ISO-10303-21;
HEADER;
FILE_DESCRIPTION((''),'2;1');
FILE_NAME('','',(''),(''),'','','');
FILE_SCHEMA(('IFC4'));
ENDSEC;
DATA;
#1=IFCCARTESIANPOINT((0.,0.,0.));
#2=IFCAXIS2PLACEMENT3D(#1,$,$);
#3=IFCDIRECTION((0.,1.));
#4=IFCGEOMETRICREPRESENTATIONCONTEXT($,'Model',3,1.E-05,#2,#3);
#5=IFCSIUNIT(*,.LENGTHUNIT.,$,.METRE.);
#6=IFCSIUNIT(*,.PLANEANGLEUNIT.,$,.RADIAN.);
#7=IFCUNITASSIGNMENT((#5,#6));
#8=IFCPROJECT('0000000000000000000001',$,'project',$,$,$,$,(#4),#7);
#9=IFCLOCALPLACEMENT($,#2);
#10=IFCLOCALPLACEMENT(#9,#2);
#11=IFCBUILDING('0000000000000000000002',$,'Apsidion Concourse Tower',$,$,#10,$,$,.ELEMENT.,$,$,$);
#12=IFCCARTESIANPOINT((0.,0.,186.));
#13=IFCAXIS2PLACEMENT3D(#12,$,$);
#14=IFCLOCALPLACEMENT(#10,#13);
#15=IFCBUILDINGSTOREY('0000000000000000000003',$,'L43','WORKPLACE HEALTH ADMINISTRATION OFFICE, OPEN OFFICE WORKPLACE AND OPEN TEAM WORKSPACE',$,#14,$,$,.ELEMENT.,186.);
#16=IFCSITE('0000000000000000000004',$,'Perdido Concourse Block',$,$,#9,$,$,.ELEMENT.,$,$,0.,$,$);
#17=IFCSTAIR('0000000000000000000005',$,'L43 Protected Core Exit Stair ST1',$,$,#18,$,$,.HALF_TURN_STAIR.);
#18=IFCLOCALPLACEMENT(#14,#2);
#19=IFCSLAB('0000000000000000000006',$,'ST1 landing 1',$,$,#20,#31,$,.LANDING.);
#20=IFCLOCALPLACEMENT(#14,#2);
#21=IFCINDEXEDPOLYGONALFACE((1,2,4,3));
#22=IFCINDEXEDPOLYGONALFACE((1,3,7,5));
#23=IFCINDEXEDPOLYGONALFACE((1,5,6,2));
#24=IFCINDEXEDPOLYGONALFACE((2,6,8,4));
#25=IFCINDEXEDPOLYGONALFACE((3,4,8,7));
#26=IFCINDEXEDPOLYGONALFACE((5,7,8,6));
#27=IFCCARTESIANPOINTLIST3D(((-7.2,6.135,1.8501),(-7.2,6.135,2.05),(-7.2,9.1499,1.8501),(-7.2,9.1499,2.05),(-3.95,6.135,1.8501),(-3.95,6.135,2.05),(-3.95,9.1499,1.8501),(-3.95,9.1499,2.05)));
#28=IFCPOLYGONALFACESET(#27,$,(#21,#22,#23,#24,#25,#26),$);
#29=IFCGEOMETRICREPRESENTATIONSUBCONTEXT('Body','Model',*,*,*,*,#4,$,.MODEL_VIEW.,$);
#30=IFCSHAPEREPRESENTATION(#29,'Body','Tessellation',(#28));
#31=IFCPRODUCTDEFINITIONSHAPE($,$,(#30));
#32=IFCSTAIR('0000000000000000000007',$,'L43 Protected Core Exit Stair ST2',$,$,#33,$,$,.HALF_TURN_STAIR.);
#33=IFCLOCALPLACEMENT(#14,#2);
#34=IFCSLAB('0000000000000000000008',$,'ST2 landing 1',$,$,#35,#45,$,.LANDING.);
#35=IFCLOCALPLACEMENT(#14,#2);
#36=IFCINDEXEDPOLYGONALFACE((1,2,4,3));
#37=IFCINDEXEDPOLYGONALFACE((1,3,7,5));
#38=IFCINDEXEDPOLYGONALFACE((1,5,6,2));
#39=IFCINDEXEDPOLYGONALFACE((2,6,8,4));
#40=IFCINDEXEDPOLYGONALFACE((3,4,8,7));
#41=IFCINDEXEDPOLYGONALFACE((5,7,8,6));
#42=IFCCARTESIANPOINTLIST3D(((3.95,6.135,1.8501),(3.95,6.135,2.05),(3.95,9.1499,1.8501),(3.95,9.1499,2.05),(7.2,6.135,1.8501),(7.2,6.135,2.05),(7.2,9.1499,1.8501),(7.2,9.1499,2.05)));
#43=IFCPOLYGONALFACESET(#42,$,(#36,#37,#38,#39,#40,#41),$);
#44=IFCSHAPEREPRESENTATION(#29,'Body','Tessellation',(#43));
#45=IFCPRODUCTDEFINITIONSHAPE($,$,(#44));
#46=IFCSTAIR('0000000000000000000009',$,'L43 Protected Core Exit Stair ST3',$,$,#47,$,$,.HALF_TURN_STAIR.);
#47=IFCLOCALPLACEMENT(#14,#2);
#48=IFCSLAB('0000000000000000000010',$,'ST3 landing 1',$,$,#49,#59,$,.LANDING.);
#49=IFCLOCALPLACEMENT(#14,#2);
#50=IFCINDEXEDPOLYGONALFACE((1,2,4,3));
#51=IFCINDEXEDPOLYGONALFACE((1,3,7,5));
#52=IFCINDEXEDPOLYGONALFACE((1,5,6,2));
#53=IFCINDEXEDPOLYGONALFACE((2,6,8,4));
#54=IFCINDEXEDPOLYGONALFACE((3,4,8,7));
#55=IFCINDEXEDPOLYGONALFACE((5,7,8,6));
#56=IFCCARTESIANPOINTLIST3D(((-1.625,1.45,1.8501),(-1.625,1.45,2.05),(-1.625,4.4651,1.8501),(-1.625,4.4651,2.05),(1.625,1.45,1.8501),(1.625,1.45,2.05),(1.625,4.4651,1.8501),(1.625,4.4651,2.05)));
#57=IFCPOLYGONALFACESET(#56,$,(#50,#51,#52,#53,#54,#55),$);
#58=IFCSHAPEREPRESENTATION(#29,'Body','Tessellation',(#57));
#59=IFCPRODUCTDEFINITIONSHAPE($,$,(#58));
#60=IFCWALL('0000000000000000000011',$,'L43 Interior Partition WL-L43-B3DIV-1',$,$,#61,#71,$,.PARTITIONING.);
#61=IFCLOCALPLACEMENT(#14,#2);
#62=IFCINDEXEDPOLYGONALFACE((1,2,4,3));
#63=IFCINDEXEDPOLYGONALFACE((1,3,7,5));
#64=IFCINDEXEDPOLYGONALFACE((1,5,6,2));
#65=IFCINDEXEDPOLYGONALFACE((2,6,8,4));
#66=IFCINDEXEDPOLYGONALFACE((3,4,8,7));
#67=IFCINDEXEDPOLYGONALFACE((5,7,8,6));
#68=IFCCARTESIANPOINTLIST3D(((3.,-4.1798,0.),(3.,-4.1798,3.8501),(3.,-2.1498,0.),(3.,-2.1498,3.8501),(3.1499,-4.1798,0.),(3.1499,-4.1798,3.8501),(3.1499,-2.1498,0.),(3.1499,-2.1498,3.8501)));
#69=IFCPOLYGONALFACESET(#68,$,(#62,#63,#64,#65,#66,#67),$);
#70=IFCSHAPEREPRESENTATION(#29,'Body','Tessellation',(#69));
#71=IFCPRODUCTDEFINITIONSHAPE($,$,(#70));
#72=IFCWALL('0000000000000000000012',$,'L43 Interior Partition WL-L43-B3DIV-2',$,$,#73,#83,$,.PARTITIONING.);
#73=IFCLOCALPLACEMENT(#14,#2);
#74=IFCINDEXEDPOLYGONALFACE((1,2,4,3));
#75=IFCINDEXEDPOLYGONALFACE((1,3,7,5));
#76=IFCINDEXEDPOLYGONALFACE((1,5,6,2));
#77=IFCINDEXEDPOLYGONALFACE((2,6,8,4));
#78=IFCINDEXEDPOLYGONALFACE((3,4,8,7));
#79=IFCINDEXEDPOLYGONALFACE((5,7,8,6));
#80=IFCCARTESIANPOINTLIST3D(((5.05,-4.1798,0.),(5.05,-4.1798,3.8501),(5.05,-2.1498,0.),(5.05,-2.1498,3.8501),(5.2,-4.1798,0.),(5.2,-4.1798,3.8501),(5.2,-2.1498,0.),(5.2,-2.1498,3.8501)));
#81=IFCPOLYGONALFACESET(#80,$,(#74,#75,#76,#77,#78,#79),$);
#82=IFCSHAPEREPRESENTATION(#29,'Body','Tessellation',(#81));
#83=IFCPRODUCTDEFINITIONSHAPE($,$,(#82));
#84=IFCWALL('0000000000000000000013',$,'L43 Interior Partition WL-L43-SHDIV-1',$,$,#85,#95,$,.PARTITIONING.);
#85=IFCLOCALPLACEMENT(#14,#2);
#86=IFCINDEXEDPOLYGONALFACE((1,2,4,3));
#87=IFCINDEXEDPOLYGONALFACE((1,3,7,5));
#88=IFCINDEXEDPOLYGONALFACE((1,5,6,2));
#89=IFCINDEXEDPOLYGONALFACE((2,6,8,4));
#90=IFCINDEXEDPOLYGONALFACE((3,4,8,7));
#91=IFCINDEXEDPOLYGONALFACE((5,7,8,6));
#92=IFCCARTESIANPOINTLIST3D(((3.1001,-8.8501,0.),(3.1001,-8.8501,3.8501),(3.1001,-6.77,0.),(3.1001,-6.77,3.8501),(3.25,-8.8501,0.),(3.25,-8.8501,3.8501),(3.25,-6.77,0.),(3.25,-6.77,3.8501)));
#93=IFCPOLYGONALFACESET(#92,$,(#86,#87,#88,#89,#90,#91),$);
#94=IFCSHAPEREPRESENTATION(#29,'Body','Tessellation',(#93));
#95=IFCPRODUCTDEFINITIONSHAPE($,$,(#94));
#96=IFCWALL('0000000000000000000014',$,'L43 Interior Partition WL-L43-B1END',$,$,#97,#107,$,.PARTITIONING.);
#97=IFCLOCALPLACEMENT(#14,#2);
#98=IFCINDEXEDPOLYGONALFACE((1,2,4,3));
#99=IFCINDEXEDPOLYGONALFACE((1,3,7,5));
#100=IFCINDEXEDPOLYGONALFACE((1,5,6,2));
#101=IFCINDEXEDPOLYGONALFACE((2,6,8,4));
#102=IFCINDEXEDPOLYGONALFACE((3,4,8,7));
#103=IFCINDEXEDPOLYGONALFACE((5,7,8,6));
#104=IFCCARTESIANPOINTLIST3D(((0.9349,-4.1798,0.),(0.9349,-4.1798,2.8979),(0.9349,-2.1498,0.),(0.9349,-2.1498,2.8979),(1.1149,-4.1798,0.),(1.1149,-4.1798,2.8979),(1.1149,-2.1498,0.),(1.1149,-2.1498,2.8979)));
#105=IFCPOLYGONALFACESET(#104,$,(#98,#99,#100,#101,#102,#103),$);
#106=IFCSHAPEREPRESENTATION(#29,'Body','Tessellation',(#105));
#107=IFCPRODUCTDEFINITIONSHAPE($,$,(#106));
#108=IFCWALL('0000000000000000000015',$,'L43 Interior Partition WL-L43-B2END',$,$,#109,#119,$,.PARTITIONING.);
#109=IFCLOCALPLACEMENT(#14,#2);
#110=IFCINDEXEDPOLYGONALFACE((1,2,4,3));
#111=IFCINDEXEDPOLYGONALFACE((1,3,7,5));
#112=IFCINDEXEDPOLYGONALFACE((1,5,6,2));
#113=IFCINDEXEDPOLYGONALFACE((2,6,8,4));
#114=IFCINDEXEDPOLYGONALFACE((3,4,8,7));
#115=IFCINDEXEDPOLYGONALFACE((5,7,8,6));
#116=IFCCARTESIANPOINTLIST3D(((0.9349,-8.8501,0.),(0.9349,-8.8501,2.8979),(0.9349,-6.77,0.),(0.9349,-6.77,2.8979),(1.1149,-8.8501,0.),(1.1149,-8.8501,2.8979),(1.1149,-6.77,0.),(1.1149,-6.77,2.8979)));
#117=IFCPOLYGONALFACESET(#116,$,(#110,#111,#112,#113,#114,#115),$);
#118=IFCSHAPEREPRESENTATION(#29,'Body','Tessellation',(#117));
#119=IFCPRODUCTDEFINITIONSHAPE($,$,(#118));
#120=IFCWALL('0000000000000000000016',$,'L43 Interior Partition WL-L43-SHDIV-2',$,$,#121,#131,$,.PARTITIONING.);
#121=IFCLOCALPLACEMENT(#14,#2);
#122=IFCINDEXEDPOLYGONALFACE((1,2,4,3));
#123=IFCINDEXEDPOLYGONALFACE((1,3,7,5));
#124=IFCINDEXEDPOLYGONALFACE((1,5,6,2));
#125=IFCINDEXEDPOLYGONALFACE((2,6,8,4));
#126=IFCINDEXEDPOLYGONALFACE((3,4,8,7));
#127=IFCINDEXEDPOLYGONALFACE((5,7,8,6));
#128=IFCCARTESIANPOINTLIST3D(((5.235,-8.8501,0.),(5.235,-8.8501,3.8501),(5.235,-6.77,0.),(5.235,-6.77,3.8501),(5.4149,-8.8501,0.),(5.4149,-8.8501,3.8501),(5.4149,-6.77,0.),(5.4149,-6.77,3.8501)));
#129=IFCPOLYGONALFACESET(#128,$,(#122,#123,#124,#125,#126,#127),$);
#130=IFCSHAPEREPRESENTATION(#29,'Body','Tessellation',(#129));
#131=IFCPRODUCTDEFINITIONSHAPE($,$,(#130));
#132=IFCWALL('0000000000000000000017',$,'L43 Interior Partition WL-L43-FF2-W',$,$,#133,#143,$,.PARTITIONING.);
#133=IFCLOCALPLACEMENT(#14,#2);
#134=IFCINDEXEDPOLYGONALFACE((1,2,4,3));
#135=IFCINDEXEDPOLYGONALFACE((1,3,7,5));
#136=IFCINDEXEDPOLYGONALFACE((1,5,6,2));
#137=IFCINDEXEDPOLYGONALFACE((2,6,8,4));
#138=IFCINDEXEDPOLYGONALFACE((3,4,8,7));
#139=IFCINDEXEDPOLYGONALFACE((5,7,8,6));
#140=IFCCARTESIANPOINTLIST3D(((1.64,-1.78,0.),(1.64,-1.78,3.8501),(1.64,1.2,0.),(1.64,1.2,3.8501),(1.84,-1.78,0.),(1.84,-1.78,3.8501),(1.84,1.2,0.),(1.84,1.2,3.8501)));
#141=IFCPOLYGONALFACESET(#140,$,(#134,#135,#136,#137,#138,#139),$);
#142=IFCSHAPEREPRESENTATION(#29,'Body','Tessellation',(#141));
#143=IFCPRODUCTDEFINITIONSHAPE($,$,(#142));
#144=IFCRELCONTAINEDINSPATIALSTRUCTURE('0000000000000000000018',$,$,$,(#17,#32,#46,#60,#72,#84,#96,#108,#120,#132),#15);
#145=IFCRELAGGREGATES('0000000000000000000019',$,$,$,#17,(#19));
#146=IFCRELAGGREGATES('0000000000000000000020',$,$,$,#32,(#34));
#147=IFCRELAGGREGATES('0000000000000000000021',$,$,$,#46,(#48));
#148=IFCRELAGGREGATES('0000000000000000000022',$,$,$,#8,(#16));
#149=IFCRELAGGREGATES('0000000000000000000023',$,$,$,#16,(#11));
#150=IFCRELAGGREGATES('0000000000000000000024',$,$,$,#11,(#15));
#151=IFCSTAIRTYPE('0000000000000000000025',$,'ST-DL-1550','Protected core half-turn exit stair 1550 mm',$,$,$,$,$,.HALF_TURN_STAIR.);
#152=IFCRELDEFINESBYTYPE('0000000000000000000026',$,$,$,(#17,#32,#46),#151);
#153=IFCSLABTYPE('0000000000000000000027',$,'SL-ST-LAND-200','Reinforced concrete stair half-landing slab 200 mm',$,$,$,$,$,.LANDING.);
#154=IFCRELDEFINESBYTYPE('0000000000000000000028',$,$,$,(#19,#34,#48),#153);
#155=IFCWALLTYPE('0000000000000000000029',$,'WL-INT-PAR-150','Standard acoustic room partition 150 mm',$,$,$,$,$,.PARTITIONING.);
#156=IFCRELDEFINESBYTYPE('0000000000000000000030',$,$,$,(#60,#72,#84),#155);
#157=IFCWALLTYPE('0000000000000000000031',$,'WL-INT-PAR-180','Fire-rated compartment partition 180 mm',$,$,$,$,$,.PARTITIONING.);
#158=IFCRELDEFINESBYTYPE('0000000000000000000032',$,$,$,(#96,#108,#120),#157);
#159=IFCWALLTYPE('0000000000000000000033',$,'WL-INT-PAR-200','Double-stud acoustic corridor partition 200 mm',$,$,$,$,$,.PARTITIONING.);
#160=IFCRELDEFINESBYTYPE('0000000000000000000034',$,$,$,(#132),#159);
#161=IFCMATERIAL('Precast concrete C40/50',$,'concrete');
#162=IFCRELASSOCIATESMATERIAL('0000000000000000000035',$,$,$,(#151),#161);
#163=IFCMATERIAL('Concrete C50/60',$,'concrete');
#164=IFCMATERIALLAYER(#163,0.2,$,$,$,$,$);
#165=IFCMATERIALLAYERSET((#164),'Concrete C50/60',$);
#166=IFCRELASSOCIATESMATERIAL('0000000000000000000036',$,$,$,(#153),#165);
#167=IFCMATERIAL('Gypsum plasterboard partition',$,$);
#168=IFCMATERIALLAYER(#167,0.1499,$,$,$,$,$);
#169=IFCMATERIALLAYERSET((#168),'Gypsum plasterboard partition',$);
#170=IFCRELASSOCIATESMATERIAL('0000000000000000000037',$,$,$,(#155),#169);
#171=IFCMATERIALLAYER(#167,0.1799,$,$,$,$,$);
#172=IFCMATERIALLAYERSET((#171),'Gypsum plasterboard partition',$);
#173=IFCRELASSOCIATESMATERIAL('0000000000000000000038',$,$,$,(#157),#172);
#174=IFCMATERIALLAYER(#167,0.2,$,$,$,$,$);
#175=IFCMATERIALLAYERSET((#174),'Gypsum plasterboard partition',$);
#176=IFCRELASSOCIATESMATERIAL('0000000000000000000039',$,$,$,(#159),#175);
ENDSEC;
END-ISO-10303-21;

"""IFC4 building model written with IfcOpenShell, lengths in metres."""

from ifc_helpers import new_model, si_unit, direction, frame, frame_2d, origin, place, context, subcontext, project, spatial, polyline, rectangle, outline, extrude, material, layer, layer_set, type_object, element, aggregate, save


model = new_model("IFC4")

# Units and contexts
model_context = context("Model", 3, precision=1e-05, world=origin(), true_north=direction((0.0, 1.0)))
body_context = subcontext(model_context, "Body", "Model", "MODEL_VIEW")
ifc_project = project(units=[si_unit("LENGTHUNIT", "METRE"), si_unit("PLANEANGLEUNIT", "RADIAN")], contexts=[model_context])

# Site, building, storey
site_placement = place(None, origin())
site = spatial("IfcSite", under=ifc_project, at=site_placement, Name="Perdido Concourse Block", CompositionType="ELEMENT", RefElevation=0.0)
building_placement = place(site_placement, origin())
building = spatial("IfcBuilding", under=site, at=building_placement, Name="Apsidion Concourse Tower", CompositionType="ELEMENT")
storey_placement = place(building_placement, frame((0.0, 0.0, 186.0)))
storey = spatial("IfcBuildingStorey", under=building, at=storey_placement, Name="L43", Description="WORKPLACE HEALTH ADMINISTRATION OFFICE, OPEN OFFICE WORKPLACE AND OPEN TEAM WORKSPACE", CompositionType="ELEMENT", Elevation=186.0)

# Shared definitions
ifc_material_1 = material(Name="Concrete C50/60", Category="concrete")

# Stairs, slabs
ifc_material_2 = material(Name="Precast concrete C40/50", Category="concrete")
stair_type = type_object("IfcStairType", Name="ST-DL-1550", Description="Protected core half-turn exit stair 1550 mm", PredefinedType="HALF_TURN_STAIR", material=ifc_material_2)
stair_1_placement = place(storey_placement, origin())
stair_1 = element("IfcStair", 1, at=stair_1_placement, inside=storey, type_object=stair_type, Name="L43 Protected Core Exit Stair ST1", PredefinedType="HALF_TURN_STAIR")
ifc_layer_1 = layer(ifc_material_1, 0.2)
ifc_layer_set_1 = layer_set([ifc_layer_1], Name="Concrete C50/60")
slab_type_1 = type_object("IfcSlabType", Name="SL-ST-LAND-200", Description="Reinforced concrete stair half-landing slab 200 mm", PredefinedType="LANDING", material=ifc_layer_set_1)
slab_1_placement = place(storey_placement, frame((0.0, 0.0, 1.8501)))
slab_1 = element("IfcSlab", 2, at=slab_1_placement, type_object=slab_type_1, Name="ST1 landing 1", PredefinedType="LANDING", context=body_context, shape_type="SweptSolid", body=[
    extrude(outline(polyline([(-3.95, 6.135), (-3.95, 9.1499), (-7.2, 9.1499), (-7.2, 6.135), (-3.95, 6.135)])), origin(), (0.0, 0.0, 1.0), 0.2),
])
aggregate(stair_1, [slab_1])
stair_2_placement = place(storey_placement, origin())
stair_2 = element("IfcStair", 3, at=stair_2_placement, inside=storey, type_object=stair_type, Name="L43 Protected Core Exit Stair ST2", PredefinedType="HALF_TURN_STAIR")
slab_2_placement = place(storey_placement, frame((0.0, 0.0, 1.8501)))
slab_2 = element("IfcSlab", 4, at=slab_2_placement, type_object=slab_type_1, Name="ST2 landing 1", PredefinedType="LANDING", context=body_context, shape_type="SweptSolid", body=[
    extrude(outline(polyline([(7.2, 6.135), (7.2, 9.1499), (3.95, 9.1499), (3.95, 6.135), (7.2, 6.135)])), origin(), (0.0, 0.0, 1.0), 0.2),
])
aggregate(stair_2, [slab_2])
stair_3_placement = place(storey_placement, origin())
stair_3 = element("IfcStair", 5, at=stair_3_placement, inside=storey, type_object=stair_type, Name="L43 Protected Core Exit Stair ST3", PredefinedType="HALF_TURN_STAIR")
slab_3_placement = place(storey_placement, frame((0.0, 0.0, 1.8501)))
slab_3 = element("IfcSlab", 6, at=slab_3_placement, type_object=slab_type_1, Name="ST3 landing 1", PredefinedType="LANDING", context=body_context, shape_type="SweptSolid", body=[
    extrude(outline(polyline([(-1.625, 4.4651), (-1.625, 1.45), (1.625, 1.45), (1.625, 4.4651), (-1.625, 4.4651)])), origin(), (0.0, 0.0, 1.0), 0.2),
])
aggregate(stair_3, [slab_3])

# Walls
ifc_material_3 = material(Name="Gypsum plasterboard partition")
ifc_layer_2 = layer(ifc_material_3, 0.1499)
ifc_layer_set_2 = layer_set([ifc_layer_2], Name="Gypsum plasterboard partition")
wall_type_1 = type_object("IfcWallType", Name="WL-INT-PAR-150", Description="Standard acoustic room partition 150 mm", PredefinedType="PARTITIONING", material=ifc_layer_set_2)
for number, where, z_axis, x_axis, name in (
    (7, (3.075, -4.1799, 0.0), (0.0, 0.0, 1.0), (0.0, 1.0, 0.0), "L43 Interior Partition WL-L43-B3DIV-1"),
    (8, (5.125, -4.1799, 0.0), (0.0, 0.0, 1.0), (0.0, 1.0, 0.0), "L43 Interior Partition WL-L43-B3DIV-2"),
):
    element("IfcWall", number, at=place(storey_placement, frame(where, z_axis=z_axis, x_axis=x_axis)), inside=storey, type_object=wall_type_1, Name=name, PredefinedType="PARTITIONING", context=body_context, shape_type="SweptSolid", body=[
        extrude(rectangle(XDim=2.03, YDim=0.1499, at=frame_2d((1.0151, 0.0))), origin(), (0.0, 0.0, 1.0), 3.8501),
    ])
wall_1_placement = place(storey_placement, frame((3.175, -8.8501, 0.0), z_axis=(0.0, 0.0, 1.0), x_axis=(0.0, 1.0, 0.0)))
element("IfcWall", 9, at=wall_1_placement, inside=storey, type_object=wall_type_1, Name="L43 Interior Partition WL-L43-SHDIV-1", PredefinedType="PARTITIONING", context=body_context, shape_type="SweptSolid", body=[
    extrude(rectangle(XDim=2.0801, YDim=0.1499, at=frame_2d((1.04, 0.0))), origin(), (0.0, 0.0, 1.0), 3.8501),
])
ifc_layer_3 = layer(ifc_material_3, 0.1799)
ifc_layer_set_3 = layer_set([ifc_layer_3], Name="Gypsum plasterboard partition")
wall_type_2 = type_object("IfcWallType", Name="WL-INT-PAR-180", Description="Fire-rated compartment partition 180 mm", PredefinedType="PARTITIONING", material=ifc_layer_set_3)
wall_2_placement = place(storey_placement, frame((1.0249, -4.1799, 0.0), z_axis=(0.0, 0.0, 1.0), x_axis=(0.0, 1.0, 0.0)))
element("IfcWall", 10, at=wall_2_placement, inside=storey, type_object=wall_type_2, Name="L43 Interior Partition WL-L43-B1END", PredefinedType="PARTITIONING", context=body_context, shape_type="SweptSolid", body=[
    extrude(rectangle(XDim=2.03, YDim=0.1799, at=frame_2d((1.0151, 0.0))), origin(), (0.0, 0.0, 1.0), 2.8979),
])
wall_3_placement = place(storey_placement, frame((1.0249, -8.8501, 0.0), z_axis=(0.0, 0.0, 1.0), x_axis=(0.0, 1.0, 0.0)))
element("IfcWall", 11, at=wall_3_placement, inside=storey, type_object=wall_type_2, Name="L43 Interior Partition WL-L43-B2END", PredefinedType="PARTITIONING", context=body_context, shape_type="SweptSolid", body=[
    extrude(rectangle(XDim=2.0801, YDim=0.1799, at=frame_2d((1.04, 0.0))), origin(), (0.0, 0.0, 1.0), 2.8979),
])
wall_4_placement = place(storey_placement, frame((5.325, -8.8501, 0.0), z_axis=(0.0, 0.0, 1.0), x_axis=(0.0, 1.0, 0.0)))
element("IfcWall", 12, at=wall_4_placement, inside=storey, type_object=wall_type_2, Name="L43 Interior Partition WL-L43-SHDIV-2", PredefinedType="PARTITIONING", context=body_context, shape_type="SweptSolid", body=[
    extrude(rectangle(XDim=2.0801, YDim=0.1799, at=frame_2d((1.04, 0.0))), origin(), (0.0, 0.0, 1.0), 3.8501),
])
ifc_layer_4 = layer(ifc_material_3, 0.2)
ifc_layer_set_4 = layer_set([ifc_layer_4], Name="Gypsum plasterboard partition")
wall_type_3 = type_object("IfcWallType", Name="WL-INT-PAR-200", Description="Double-stud acoustic corridor partition 200 mm", PredefinedType="PARTITIONING", material=ifc_layer_set_4)
wall_5_placement = place(storey_placement, frame((1.74, -1.78, 0.0), z_axis=(0.0, 0.0, 1.0), x_axis=(0.0, 1.0, 0.0)))
element("IfcWall", 13, at=wall_5_placement, inside=storey, type_object=wall_type_3, Name="L43 Interior Partition WL-L43-FF2-W", PredefinedType="PARTITIONING", context=body_context, shape_type="SweptSolid", body=[
    extrude(rectangle(XDim=2.98, YDim=0.2, at=frame_2d((1.49, 0.0))), origin(), (0.0, 0.0, 1.0), 3.8501),
])

save(model, "model.ifc")
